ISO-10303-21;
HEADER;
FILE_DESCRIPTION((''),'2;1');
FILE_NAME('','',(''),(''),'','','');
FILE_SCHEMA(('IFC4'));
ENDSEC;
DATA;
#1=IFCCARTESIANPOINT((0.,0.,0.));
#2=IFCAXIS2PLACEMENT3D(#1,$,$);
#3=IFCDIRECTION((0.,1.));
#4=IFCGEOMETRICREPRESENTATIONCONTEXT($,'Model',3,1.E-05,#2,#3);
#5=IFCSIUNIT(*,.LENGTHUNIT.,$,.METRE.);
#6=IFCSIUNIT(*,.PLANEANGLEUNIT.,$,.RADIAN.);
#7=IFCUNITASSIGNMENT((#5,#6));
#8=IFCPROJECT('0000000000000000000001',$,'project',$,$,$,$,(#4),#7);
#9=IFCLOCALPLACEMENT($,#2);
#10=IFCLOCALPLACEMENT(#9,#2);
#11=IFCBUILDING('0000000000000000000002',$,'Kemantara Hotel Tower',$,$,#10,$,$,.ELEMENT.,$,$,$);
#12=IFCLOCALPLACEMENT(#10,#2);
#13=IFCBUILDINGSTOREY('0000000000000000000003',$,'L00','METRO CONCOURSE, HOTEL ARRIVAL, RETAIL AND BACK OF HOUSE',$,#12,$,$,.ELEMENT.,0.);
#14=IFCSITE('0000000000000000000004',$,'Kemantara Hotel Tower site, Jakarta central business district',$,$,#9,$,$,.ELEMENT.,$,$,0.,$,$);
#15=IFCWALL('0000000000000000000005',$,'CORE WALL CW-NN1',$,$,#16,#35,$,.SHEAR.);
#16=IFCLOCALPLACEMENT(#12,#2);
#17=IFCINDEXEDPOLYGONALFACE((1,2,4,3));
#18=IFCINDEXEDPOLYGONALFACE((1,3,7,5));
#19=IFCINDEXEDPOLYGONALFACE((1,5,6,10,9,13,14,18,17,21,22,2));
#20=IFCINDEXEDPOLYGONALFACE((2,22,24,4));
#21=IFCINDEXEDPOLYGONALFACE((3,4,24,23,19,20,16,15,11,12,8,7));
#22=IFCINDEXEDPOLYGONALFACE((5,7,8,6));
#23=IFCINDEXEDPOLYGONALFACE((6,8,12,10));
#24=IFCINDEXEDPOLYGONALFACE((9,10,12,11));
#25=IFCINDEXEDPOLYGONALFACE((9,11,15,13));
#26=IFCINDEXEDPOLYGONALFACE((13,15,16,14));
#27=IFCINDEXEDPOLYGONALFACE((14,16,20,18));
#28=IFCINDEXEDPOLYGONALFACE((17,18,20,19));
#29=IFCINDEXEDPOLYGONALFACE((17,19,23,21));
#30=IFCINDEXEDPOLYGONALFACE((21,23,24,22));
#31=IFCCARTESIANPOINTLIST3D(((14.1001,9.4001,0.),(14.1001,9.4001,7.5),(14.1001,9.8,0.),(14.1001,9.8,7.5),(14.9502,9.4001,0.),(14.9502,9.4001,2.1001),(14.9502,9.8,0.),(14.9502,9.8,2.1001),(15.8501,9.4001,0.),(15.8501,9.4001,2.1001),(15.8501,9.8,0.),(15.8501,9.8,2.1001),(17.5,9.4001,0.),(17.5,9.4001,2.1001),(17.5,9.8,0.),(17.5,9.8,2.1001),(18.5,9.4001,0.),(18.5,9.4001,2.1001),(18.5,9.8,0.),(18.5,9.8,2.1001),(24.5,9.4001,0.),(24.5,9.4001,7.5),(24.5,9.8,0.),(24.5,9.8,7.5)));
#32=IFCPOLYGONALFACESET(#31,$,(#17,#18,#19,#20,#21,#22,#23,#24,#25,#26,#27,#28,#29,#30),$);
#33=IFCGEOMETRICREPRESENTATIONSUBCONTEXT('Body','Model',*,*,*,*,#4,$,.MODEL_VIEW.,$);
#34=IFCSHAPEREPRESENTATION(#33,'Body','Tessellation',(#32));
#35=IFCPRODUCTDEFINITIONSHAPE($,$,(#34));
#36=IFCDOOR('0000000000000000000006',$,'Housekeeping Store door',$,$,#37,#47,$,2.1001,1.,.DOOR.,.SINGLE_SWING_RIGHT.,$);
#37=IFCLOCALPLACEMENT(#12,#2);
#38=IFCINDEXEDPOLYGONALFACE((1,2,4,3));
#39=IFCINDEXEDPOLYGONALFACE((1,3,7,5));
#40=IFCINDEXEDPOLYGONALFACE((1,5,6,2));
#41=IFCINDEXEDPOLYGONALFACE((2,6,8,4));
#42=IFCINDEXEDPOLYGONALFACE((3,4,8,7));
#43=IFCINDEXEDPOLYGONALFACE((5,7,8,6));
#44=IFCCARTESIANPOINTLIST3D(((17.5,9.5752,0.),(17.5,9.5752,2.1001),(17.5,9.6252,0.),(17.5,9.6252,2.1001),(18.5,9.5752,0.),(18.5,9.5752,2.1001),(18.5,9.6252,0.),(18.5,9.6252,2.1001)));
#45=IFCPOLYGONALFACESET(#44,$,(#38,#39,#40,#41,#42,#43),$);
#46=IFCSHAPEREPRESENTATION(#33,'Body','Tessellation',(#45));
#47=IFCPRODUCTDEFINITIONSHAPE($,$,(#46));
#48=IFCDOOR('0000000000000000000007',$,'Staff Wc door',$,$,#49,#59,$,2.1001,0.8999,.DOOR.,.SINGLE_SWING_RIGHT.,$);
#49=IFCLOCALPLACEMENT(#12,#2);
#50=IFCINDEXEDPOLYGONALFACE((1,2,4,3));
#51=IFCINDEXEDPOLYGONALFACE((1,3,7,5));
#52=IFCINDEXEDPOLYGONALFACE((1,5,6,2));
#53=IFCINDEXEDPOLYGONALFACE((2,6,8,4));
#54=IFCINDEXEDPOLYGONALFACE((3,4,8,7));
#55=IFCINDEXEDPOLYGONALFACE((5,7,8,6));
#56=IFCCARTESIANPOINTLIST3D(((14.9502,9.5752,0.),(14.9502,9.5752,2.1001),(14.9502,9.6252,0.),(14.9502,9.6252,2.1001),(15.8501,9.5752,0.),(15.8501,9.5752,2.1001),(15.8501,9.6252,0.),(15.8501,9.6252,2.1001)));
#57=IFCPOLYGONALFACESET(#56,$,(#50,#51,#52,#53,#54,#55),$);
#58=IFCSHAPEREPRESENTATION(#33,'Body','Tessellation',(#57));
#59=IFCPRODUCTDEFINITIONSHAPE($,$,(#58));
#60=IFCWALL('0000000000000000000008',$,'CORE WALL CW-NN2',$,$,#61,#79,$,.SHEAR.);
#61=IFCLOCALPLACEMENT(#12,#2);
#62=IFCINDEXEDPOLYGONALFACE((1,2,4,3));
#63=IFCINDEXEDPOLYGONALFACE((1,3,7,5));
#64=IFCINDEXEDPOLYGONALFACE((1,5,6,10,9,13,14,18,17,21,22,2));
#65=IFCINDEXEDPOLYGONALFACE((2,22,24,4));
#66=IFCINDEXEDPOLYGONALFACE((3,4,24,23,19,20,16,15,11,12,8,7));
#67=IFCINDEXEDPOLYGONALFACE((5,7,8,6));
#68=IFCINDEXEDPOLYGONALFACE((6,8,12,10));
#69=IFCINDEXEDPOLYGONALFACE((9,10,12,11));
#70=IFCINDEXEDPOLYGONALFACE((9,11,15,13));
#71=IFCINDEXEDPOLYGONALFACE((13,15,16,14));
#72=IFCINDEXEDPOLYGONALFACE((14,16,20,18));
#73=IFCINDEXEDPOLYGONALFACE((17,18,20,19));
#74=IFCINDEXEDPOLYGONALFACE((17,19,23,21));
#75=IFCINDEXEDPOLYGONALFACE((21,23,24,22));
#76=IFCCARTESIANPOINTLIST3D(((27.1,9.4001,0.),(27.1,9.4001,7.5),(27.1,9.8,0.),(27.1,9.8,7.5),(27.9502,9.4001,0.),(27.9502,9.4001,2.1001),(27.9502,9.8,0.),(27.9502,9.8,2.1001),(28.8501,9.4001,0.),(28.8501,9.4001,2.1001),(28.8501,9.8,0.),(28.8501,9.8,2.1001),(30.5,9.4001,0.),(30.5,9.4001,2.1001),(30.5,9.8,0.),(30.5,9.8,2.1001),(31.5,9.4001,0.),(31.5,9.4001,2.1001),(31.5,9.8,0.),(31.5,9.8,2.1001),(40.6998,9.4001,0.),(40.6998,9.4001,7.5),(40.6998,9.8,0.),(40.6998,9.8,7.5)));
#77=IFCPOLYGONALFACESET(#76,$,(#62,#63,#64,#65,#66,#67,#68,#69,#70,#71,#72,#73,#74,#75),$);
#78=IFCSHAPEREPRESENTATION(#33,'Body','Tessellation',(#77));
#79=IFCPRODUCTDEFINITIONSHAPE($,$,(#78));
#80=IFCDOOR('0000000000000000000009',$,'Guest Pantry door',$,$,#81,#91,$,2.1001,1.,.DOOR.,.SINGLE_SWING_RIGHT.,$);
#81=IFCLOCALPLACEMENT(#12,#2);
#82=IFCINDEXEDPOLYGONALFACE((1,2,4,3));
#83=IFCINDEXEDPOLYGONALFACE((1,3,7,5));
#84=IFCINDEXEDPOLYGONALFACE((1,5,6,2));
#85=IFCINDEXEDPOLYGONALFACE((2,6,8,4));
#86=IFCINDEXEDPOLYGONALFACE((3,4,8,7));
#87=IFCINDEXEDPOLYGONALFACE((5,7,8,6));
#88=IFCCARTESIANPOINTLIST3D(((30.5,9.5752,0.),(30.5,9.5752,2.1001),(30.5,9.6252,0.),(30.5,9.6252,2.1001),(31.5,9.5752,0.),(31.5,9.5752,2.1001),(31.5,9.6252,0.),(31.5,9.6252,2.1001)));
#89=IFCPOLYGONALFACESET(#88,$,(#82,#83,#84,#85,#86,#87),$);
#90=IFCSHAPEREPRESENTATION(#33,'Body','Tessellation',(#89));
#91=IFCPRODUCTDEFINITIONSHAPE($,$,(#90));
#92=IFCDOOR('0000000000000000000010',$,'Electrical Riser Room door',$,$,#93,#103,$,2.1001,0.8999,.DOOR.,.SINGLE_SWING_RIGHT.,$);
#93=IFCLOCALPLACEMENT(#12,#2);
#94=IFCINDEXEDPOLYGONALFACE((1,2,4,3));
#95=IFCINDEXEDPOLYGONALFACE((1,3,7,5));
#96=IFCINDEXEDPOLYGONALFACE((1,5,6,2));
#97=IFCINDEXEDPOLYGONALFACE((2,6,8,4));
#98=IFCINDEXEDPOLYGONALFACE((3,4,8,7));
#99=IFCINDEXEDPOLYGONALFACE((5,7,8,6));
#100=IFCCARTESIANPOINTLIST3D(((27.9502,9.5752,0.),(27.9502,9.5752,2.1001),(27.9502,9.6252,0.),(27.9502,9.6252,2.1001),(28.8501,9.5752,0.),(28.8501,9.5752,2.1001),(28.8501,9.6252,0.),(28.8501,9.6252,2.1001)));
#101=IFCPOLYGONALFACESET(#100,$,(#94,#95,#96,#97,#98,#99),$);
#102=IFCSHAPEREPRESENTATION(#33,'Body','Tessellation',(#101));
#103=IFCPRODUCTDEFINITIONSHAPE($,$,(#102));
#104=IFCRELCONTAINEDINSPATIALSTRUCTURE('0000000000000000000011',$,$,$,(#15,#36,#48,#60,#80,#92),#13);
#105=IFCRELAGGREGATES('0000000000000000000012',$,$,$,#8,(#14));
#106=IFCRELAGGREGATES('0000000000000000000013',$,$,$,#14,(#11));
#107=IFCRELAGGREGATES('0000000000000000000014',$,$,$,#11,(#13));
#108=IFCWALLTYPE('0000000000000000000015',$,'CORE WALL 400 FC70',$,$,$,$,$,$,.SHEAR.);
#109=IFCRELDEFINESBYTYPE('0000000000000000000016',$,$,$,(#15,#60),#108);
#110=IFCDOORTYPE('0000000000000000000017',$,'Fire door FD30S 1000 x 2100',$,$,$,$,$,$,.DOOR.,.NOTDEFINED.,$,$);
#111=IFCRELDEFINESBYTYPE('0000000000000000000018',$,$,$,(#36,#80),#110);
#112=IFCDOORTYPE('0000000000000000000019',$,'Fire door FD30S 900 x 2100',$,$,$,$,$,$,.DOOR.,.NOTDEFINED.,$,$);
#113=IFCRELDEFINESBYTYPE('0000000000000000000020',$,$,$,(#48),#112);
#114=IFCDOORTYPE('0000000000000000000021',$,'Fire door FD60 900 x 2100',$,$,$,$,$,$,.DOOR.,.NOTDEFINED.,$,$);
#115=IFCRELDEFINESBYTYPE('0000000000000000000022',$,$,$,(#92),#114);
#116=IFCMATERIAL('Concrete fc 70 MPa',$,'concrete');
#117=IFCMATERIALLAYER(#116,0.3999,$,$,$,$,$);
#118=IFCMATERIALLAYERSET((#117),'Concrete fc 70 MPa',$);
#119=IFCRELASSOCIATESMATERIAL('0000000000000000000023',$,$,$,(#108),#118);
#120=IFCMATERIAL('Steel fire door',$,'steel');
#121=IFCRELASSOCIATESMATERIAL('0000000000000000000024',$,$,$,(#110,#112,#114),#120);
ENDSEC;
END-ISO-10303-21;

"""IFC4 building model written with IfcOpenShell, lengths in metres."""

from ifc_helpers import new_model, si_unit, direction, frame, frame_2d, origin, place, context, subcontext, project, spatial, rectangle, extrude, material, layer, layer_set, type_object, element, fill, save


model = new_model("IFC4")

# Units and contexts
model_context = context("Model", 3, precision=1e-05, world=origin(), true_north=direction((0.0, 1.0)))
body_context = subcontext(model_context, "Body", "Model", "MODEL_VIEW")
ifc_project = project(units=[si_unit("LENGTHUNIT", "METRE"), si_unit("PLANEANGLEUNIT", "RADIAN")], contexts=[model_context])

# Site, building, storey
site_placement = place(None, origin())
site = spatial("IfcSite", under=ifc_project, at=site_placement, Name="Kemantara Hotel Tower site, Jakarta central business district", CompositionType="ELEMENT", RefElevation=0.0)
building_placement = place(site_placement, origin())
building = spatial("IfcBuilding", under=site, at=building_placement, Name="Kemantara Hotel Tower", CompositionType="ELEMENT")
storey_placement = place(building_placement, origin())
storey = spatial("IfcBuildingStorey", under=building, at=storey_placement, Name="L00", Description="METRO CONCOURSE, HOTEL ARRIVAL, RETAIL AND BACK OF HOUSE", CompositionType="ELEMENT", Elevation=0.0)

# Shared definitions
ifc_material_1 = material(Name="Concrete fc 70 MPa", Category="concrete")

# Walls, openings, doors
ifc_layer_1 = layer(ifc_material_1, 0.3999)
ifc_layer_set_1 = layer_set([ifc_layer_1], Name="Concrete fc 70 MPa")
wall_type_1 = type_object("IfcWallType", Name="CORE WALL 400 FC70", PredefinedType="SHEAR", material=ifc_layer_set_1)
wall_1_placement = place(storey_placement, frame((14.1001, 9.6001, 0.0), z_axis=(0.0, 0.0, 1.0), x_axis=(1.0, 0.0, 0.0)))
wall_1 = element("IfcWall", 1, at=wall_1_placement, inside=storey, type_object=wall_type_1, Name="CORE WALL CW-NN1", PredefinedType="SHEAR", context=body_context, shape_type="SweptSolid", body=[
    extrude(rectangle(XDim=10.3999, YDim=0.3999, at=frame_2d((5.2, 0.0))), origin(), (0.0, 0.0, 1.0), 7.5),
])
opening_1_placement = place(wall_1_placement, frame((0.8501, 0.0, 0.0)))
opening_1 = element("IfcOpeningElement", 2, at=opening_1_placement, cuts=wall_1, PredefinedType="OPENING", context=body_context, shape_type="SweptSolid", body=[
    extrude(rectangle(XDim=0.8999, YDim=2.1001, at=frame_2d((0.45, 1.05))), frame((0.0, 0.21, 0.0), z_axis=(0.0, -1.0, 0.0), x_axis=(1.0, 0.0, 0.0)), (0.0, 0.0, 1.0), 0.4199),
])
opening_2_placement = place(wall_1_placement, frame((3.3999, 0.0, 0.0)))
opening_2 = element("IfcOpeningElement", 3, at=opening_2_placement, cuts=wall_1, PredefinedType="OPENING", context=body_context, shape_type="SweptSolid", body=[
    extrude(rectangle(XDim=1.0, YDim=2.1001, at=frame_2d((0.5, 1.05))), frame((0.0, 0.21, 0.0), z_axis=(0.0, -1.0, 0.0), x_axis=(1.0, 0.0, 0.0)), (0.0, 0.0, 1.0), 0.4199),
])
ifc_material_2 = material(Name="Steel fire door", Category="steel")
door_type_1 = type_object("IfcDoorType", Name="Fire door FD30S 1000 x 2100", OperationType="NOTDEFINED", PredefinedType="DOOR", material=ifc_material_2)
door_1_placement = place(opening_2_placement, frame((1.0, 0.0, 0.0), z_axis=(0.0, 0.0, 1.0), x_axis=(-1.0, 0.0, 0.0)))
door_1 = element("IfcDoor", 4, at=door_1_placement, inside=storey, type_object=door_type_1, Name="Housekeeping Store door", OperationType="SINGLE_SWING_RIGHT", OverallHeight=2.1001, OverallWidth=1.0, PredefinedType="DOOR", context=body_context, shape_type="SweptSolid", body=[
    extrude(rectangle(XDim=1.0, YDim=2.1001, at=frame_2d((0.5, 1.05))), frame((0.0, 0.0249, 0.0), z_axis=(0.0, -1.0, 0.0), x_axis=(1.0, 0.0, 0.0)), (0.0, 0.0, 1.0), 0.05),
])
fill(opening_2, door_1)
door_type_2 = type_object("IfcDoorType", Name="Fire door FD30S 900 x 2100", OperationType="NOTDEFINED", PredefinedType="DOOR", material=ifc_material_2)
door_2_placement = place(opening_1_placement, frame((0.8999, 0.0, 0.0), z_axis=(0.0, 0.0, 1.0), x_axis=(-1.0, 0.0, 0.0)))
door_2 = element("IfcDoor", 5, at=door_2_placement, inside=storey, type_object=door_type_2, Name="Staff Wc door", OperationType="SINGLE_SWING_RIGHT", OverallHeight=2.1001, OverallWidth=0.8999, PredefinedType="DOOR", context=body_context, shape_type="SweptSolid", body=[
    extrude(rectangle(XDim=0.8999, YDim=2.1001, at=frame_2d((0.45, 1.05))), frame((0.0, 0.0249, 0.0), z_axis=(0.0, -1.0, 0.0), x_axis=(1.0, 0.0, 0.0)), (0.0, 0.0, 1.0), 0.05),
])
fill(opening_1, door_2)
wall_2_placement = place(storey_placement, frame((27.1001, 9.6001, 0.0), z_axis=(0.0, 0.0, 1.0), x_axis=(1.0, 0.0, 0.0)))
wall_2 = element("IfcWall", 6, at=wall_2_placement, inside=storey, type_object=wall_type_1, Name="CORE WALL CW-NN2", PredefinedType="SHEAR", context=body_context, shape_type="SweptSolid", body=[
    extrude(rectangle(XDim=13.5999, YDim=0.3999, at=frame_2d((6.7998, 0.0))), origin(), (0.0, 0.0, 1.0), 7.5),
])
opening_3_placement = place(wall_2_placement, frame((0.8501, 0.0, 0.0)))
opening_3 = element("IfcOpeningElement", 7, at=opening_3_placement, cuts=wall_2, PredefinedType="OPENING", context=body_context, shape_type="SweptSolid", body=[
    extrude(rectangle(XDim=0.8999, YDim=2.1001, at=frame_2d((0.45, 1.05))), frame((0.0, 0.21, 0.0), z_axis=(0.0, -1.0, 0.0), x_axis=(1.0, 0.0, 0.0)), (0.0, 0.0, 1.0), 0.4199),
])
opening_4_placement = place(wall_2_placement, frame((3.3999, 0.0, 0.0)))
opening_4 = element("IfcOpeningElement", 8, at=opening_4_placement, cuts=wall_2, PredefinedType="OPENING", context=body_context, shape_type="SweptSolid", body=[
    extrude(rectangle(XDim=1.0, YDim=2.1001, at=frame_2d((0.5, 1.05))), frame((0.0, 0.21, 0.0), z_axis=(0.0, -1.0, 0.0), x_axis=(1.0, 0.0, 0.0)), (0.0, 0.0, 1.0), 0.4199),
])
door_3_placement = place(opening_4_placement, frame((1.0, 0.0, 0.0), z_axis=(0.0, 0.0, 1.0), x_axis=(-1.0, 0.0, 0.0)))
door_3 = element("IfcDoor", 9, at=door_3_placement, inside=storey, type_object=door_type_1, Name="Guest Pantry door", OperationType="SINGLE_SWING_RIGHT", OverallHeight=2.1001, OverallWidth=1.0, PredefinedType="DOOR", context=body_context, shape_type="SweptSolid", body=[
    extrude(rectangle(XDim=1.0, YDim=2.1001, at=frame_2d((0.5, 1.05))), frame((0.0, 0.0249, 0.0), z_axis=(0.0, -1.0, 0.0), x_axis=(1.0, 0.0, 0.0)), (0.0, 0.0, 1.0), 0.05),
])
fill(opening_4, door_3)
door_type_3 = type_object("IfcDoorType", Name="Fire door FD60 900 x 2100", OperationType="NOTDEFINED", PredefinedType="DOOR", material=ifc_material_2)
door_4_placement = place(opening_3_placement, frame((0.8999, 0.0, 0.0), z_axis=(0.0, 0.0, 1.0), x_axis=(-1.0, 0.0, 0.0)))
door_4 = element("IfcDoor", 10, at=door_4_placement, inside=storey, type_object=door_type_3, Name="Electrical Riser Room door", OperationType="SINGLE_SWING_RIGHT", OverallHeight=2.1001, OverallWidth=0.8999, PredefinedType="DOOR", context=body_context, shape_type="SweptSolid", body=[
    extrude(rectangle(XDim=0.8999, YDim=2.1001, at=frame_2d((0.45, 1.05))), frame((0.0, 0.0249, 0.0), z_axis=(0.0, -1.0, 0.0), x_axis=(1.0, 0.0, 0.0)), (0.0, 0.0, 1.0), 0.05),
])
fill(opening_3, door_4)

save(model, "model.ifc")
